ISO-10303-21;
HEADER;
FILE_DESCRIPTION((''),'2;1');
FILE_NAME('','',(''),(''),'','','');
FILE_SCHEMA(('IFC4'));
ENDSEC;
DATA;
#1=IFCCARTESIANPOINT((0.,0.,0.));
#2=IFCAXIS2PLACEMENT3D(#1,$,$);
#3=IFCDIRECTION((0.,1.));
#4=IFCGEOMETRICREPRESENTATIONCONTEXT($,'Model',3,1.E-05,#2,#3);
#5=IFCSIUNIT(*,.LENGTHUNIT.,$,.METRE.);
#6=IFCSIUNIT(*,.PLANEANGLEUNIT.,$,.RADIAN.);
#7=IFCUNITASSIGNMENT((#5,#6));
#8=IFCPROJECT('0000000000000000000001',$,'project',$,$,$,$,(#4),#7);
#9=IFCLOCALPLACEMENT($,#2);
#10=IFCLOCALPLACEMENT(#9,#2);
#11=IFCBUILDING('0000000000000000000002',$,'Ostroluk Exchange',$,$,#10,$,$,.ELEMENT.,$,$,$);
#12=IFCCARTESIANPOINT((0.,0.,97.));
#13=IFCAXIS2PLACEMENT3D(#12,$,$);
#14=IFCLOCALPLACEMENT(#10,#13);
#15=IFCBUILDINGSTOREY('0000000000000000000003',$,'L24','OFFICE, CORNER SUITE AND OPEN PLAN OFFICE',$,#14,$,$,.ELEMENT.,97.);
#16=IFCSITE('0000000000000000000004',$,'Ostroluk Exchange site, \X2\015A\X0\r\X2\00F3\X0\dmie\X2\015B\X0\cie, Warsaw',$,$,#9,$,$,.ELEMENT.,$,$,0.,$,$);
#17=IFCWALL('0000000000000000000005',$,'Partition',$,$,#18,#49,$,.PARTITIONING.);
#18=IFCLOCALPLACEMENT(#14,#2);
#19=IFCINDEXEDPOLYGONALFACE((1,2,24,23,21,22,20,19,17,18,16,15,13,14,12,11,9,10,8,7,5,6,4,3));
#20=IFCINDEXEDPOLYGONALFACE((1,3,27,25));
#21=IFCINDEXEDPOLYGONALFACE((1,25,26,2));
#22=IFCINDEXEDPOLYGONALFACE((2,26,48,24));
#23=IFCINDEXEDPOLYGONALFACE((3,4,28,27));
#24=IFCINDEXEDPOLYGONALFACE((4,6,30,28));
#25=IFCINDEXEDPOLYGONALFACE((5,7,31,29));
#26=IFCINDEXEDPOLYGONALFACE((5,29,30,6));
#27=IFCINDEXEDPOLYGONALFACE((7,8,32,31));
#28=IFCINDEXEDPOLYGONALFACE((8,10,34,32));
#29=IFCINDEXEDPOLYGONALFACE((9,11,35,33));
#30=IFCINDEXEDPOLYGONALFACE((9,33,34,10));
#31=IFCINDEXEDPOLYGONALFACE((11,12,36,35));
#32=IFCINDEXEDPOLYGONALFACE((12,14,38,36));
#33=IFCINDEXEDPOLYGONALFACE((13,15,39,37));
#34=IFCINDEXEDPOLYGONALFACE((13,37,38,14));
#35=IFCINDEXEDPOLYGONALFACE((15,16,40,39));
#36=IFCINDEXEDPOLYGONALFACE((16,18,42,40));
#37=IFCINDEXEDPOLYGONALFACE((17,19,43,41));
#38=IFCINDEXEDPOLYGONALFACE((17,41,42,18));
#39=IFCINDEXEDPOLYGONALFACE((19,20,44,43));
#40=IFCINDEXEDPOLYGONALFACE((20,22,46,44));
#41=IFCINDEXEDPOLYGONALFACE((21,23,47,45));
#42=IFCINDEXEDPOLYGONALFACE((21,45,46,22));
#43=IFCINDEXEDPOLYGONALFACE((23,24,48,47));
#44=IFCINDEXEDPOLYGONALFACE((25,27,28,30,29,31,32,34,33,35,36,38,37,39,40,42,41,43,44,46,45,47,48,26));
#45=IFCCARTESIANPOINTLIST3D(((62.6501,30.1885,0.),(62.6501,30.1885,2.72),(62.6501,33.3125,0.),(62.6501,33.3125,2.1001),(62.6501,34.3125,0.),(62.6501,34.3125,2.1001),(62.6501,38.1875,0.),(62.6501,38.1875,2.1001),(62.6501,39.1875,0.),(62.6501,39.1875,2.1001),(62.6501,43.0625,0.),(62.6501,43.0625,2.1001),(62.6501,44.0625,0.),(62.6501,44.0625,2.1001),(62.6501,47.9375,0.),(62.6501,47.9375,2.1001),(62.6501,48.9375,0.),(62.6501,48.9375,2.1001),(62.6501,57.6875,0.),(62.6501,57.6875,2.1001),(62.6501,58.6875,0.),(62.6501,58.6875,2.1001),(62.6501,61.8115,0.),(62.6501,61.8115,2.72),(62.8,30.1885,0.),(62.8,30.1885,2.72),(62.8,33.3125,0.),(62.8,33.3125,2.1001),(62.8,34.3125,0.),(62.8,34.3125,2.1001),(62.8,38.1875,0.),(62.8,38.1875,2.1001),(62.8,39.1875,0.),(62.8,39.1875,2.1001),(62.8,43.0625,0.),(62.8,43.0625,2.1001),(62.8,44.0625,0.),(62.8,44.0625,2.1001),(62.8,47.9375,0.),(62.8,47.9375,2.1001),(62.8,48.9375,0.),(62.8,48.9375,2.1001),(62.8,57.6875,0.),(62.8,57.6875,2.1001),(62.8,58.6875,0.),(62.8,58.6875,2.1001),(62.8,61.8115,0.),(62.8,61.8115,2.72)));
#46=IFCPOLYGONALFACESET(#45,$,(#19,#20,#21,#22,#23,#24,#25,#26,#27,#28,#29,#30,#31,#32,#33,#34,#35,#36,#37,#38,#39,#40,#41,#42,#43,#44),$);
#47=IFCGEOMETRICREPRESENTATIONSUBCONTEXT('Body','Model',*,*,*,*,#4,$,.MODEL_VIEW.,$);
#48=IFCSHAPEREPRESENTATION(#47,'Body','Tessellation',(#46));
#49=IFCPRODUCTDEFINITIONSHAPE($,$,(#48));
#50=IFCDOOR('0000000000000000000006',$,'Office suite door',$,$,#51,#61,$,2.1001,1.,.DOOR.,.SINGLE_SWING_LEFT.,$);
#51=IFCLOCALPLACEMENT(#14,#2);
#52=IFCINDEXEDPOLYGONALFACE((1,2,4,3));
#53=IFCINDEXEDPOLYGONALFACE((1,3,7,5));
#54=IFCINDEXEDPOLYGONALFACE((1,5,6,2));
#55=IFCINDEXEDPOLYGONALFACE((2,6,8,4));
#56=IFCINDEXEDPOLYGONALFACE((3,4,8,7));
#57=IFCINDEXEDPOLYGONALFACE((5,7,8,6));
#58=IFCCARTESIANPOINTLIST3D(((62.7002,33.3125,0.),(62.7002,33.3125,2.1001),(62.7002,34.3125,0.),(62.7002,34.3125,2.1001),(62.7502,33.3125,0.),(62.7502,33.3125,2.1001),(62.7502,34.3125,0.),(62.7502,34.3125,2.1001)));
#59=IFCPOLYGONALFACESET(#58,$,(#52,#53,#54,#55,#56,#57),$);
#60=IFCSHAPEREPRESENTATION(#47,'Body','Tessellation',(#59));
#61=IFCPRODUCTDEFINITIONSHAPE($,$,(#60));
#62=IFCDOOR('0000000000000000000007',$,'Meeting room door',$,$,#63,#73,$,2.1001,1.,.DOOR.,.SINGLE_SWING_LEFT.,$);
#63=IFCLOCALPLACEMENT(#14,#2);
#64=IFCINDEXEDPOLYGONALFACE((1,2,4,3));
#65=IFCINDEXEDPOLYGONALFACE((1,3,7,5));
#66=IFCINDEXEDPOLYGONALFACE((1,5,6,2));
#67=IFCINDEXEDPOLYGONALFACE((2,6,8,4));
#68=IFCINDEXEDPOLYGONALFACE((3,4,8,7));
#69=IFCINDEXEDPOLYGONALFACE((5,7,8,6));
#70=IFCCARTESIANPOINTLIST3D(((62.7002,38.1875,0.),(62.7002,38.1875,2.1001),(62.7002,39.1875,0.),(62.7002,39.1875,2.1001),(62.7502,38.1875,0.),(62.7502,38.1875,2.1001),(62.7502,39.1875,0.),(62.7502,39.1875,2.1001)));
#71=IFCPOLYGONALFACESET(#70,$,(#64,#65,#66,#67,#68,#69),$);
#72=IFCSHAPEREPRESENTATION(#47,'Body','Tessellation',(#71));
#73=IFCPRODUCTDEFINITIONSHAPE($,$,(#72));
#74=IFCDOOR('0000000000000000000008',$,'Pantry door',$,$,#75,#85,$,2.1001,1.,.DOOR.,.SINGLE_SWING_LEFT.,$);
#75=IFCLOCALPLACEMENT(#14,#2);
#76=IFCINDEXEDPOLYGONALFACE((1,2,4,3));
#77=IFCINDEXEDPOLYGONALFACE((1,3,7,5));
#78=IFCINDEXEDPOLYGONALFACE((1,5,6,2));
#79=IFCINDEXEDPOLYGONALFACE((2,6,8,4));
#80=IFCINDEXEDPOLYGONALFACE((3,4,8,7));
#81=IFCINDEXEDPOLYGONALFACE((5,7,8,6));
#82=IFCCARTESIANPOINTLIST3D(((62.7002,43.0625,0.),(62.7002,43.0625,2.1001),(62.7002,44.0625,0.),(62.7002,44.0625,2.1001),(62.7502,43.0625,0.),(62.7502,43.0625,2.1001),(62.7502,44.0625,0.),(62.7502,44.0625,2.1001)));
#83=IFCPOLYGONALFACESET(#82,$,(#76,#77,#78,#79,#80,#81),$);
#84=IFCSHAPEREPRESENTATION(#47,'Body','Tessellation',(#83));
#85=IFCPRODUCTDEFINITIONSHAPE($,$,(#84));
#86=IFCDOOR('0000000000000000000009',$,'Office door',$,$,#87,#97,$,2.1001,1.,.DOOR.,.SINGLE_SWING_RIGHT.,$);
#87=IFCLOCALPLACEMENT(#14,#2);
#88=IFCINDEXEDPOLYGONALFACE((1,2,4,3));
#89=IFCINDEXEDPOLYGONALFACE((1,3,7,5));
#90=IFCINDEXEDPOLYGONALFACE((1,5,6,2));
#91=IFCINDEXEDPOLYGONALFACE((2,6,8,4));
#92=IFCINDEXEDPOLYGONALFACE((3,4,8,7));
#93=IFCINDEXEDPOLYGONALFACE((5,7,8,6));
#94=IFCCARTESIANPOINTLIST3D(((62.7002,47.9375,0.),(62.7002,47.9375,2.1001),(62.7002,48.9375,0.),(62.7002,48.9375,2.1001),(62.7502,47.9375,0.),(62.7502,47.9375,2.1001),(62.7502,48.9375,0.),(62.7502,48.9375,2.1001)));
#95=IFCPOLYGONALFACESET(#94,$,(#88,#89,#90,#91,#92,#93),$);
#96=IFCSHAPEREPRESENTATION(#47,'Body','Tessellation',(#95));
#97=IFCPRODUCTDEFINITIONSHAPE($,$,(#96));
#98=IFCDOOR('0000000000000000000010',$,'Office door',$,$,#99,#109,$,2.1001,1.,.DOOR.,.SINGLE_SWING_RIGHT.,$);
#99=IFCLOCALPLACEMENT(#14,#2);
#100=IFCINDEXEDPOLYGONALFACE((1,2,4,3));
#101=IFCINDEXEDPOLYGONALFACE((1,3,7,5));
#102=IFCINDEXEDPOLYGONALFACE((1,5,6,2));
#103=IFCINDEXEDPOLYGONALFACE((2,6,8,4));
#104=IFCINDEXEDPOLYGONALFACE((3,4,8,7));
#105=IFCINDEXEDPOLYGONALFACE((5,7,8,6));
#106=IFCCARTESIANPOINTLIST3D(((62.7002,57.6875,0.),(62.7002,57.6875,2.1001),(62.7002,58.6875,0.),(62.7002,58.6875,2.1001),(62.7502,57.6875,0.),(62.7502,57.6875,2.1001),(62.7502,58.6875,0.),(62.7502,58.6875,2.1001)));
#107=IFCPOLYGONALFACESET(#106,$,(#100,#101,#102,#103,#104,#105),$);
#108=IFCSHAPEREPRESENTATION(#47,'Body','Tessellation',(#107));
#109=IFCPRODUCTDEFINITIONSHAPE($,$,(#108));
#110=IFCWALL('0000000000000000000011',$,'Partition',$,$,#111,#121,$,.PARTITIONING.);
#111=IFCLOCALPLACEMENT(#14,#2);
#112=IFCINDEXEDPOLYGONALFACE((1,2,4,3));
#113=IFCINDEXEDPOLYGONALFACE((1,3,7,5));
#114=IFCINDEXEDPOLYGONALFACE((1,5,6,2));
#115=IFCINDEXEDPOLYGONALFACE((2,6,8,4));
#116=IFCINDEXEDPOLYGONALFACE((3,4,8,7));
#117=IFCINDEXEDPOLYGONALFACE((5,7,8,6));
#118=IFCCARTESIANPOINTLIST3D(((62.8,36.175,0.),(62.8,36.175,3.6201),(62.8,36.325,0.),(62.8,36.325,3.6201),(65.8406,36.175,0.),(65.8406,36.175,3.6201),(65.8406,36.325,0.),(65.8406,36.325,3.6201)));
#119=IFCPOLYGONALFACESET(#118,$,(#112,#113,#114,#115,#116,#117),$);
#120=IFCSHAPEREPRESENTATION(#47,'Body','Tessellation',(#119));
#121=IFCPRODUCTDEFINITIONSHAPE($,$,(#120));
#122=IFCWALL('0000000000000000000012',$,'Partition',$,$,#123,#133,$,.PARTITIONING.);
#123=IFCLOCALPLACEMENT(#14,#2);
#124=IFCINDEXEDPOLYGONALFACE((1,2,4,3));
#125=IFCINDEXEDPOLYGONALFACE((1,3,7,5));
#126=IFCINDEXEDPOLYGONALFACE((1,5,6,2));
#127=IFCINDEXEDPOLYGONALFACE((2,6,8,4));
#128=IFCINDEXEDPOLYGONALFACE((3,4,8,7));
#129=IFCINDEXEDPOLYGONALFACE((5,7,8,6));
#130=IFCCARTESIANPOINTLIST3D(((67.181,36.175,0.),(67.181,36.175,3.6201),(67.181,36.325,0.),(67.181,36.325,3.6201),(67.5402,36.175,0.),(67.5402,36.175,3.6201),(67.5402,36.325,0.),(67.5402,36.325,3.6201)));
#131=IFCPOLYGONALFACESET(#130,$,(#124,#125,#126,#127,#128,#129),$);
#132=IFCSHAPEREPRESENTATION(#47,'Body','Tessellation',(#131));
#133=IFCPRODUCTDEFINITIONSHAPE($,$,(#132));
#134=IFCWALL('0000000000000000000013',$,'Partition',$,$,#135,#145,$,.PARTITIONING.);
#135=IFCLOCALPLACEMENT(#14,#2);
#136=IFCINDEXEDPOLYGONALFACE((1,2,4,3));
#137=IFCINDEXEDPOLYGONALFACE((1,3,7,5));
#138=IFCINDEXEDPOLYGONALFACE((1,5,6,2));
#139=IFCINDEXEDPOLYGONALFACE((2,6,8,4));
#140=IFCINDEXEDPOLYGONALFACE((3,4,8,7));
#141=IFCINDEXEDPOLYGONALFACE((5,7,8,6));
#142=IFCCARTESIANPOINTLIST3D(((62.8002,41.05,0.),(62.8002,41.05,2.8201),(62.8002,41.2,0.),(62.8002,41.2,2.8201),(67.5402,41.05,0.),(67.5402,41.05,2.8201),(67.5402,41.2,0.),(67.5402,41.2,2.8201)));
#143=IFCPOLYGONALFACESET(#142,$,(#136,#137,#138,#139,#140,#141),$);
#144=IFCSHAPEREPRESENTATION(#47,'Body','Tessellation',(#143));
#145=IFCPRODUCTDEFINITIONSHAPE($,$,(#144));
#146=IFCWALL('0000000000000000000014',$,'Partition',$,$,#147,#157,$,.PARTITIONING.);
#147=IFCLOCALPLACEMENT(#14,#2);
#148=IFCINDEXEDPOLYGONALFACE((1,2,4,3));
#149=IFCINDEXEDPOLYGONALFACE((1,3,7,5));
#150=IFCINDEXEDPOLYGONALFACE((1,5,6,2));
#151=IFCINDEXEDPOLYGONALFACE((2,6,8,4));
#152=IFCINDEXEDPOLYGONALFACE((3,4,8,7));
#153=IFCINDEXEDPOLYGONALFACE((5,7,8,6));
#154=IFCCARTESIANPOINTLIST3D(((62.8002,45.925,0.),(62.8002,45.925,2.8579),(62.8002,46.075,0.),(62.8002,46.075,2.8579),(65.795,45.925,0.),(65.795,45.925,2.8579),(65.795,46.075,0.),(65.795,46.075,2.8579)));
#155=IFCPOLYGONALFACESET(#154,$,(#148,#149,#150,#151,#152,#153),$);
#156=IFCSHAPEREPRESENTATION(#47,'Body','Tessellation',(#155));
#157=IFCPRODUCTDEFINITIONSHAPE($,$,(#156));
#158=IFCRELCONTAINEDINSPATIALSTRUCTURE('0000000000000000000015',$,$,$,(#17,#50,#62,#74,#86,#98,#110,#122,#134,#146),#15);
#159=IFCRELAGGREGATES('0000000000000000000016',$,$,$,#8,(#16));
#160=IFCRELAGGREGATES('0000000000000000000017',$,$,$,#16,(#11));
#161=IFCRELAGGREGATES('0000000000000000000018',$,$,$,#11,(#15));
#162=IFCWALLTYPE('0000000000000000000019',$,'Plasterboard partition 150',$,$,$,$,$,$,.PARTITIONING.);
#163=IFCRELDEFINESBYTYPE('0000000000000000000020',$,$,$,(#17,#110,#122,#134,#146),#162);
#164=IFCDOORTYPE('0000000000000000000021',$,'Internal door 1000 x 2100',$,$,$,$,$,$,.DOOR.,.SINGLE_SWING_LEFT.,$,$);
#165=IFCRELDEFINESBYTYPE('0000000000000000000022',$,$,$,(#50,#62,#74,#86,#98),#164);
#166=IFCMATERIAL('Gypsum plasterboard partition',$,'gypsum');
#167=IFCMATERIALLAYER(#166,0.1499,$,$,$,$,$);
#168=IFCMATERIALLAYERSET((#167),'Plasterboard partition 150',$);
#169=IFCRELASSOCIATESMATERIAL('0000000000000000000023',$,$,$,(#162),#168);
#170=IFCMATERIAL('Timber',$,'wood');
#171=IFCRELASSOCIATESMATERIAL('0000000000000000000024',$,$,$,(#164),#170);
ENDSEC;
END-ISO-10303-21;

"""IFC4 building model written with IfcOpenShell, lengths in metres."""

from ifc_helpers import new_model, si_unit, direction, frame, frame_2d, origin, place, context, subcontext, project, spatial, rectangle, extrude, material, layer, layer_set, type_object, element, fill, save


model = new_model("IFC4")

# Units and contexts
model_context = context("Model", 3, precision=1e-05, world=origin(), true_north=direction((0.0, 1.0)))
body_context = subcontext(model_context, "Body", "Model", "MODEL_VIEW")
ifc_project = project(units=[si_unit("LENGTHUNIT", "METRE"), si_unit("PLANEANGLEUNIT", "RADIAN")], contexts=[model_context])

# Site, building, storey
site_placement = place(None, origin())
site = spatial("IfcSite", under=ifc_project, at=site_placement, Name="Ostroluk Exchange site, Śródmieście, Warsaw", CompositionType="ELEMENT", RefElevation=0.0)
building_placement = place(site_placement, origin())
building = spatial("IfcBuilding", under=site, at=building_placement, Name="Ostroluk Exchange", CompositionType="ELEMENT")
storey_placement = place(building_placement, frame((0.0, 0.0, 97.0)))
storey = spatial("IfcBuildingStorey", under=building, at=storey_placement, Name="L24", Description="OFFICE, CORNER SUITE AND OPEN PLAN OFFICE", CompositionType="ELEMENT", Elevation=97.0)

# Shared definitions
ifc_material_1 = material(Name="Gypsum plasterboard partition", Category="gypsum")
ifc_layer_1 = layer(ifc_material_1, 0.1499)
ifc_layer_set_1 = layer_set([ifc_layer_1], Name="Plasterboard partition 150")
wall_type = type_object("IfcWallType", Name="Plasterboard partition 150", PredefinedType="PARTITIONING", material=ifc_layer_set_1)
ifc_material_2 = material(Name="Timber", Category="wood")
door_type = type_object("IfcDoorType", Name="Internal door 1000 x 2100", OperationType="SINGLE_SWING_LEFT", PredefinedType="DOOR", material=ifc_material_2)

# Wall, openings, doors
wall_1_placement = place(storey_placement, frame((62.7251, 30.1885, 0.0), z_axis=(0.0, 0.0, 1.0), x_axis=(0.0, 1.0, 0.0)))
wall_1 = element("IfcWall", 1, at=wall_1_placement, inside=storey, type_object=wall_type, Name="Partition", PredefinedType="PARTITIONING", context=body_context, shape_type="SweptSolid", body=[
    extrude(rectangle(XDim=31.623, YDim=0.1499, at=frame_2d((15.8115, 0.0))), origin(), (0.0, 0.0, 1.0), 2.72),
])
opening_1_placement = place(wall_1_placement, frame((3.124, 0.0, 0.0)))
opening_1 = element("IfcOpeningElement", 2, at=opening_1_placement, cuts=wall_1, PredefinedType="OPENING", context=body_context, shape_type="SweptSolid", body=[
    extrude(rectangle(XDim=1.0, YDim=2.1001, at=frame_2d((0.5, 1.05))), frame((0.0, 0.085, 0.0), z_axis=(0.0, -1.0, 0.0), x_axis=(1.0, 0.0, 0.0)), (0.0, 0.0, 1.0), 0.1699),
])
opening_2_placement = place(wall_1_placement, frame((7.999, 0.0, 0.0)))
opening_2 = element("IfcOpeningElement", 3, at=opening_2_placement, cuts=wall_1, PredefinedType="OPENING", context=body_context, shape_type="SweptSolid", body=[
    extrude(rectangle(XDim=1.0, YDim=2.1001, at=frame_2d((0.5, 1.05))), frame((0.0, 0.085, 0.0), z_axis=(0.0, -1.0, 0.0), x_axis=(1.0, 0.0, 0.0)), (0.0, 0.0, 1.0), 0.1699),
])
opening_3_placement = place(wall_1_placement, frame((12.874, 0.0, 0.0)))
opening_3 = element("IfcOpeningElement", 4, at=opening_3_placement, cuts=wall_1, PredefinedType="OPENING", context=body_context, shape_type="SweptSolid", body=[
    extrude(rectangle(XDim=1.0, YDim=2.1001, at=frame_2d((0.5, 1.05))), frame((0.0, 0.085, 0.0), z_axis=(0.0, -1.0, 0.0), x_axis=(1.0, 0.0, 0.0)), (0.0, 0.0, 1.0), 0.1699),
])
opening_4_placement = place(wall_1_placement, frame((17.749, 0.0, 0.0)))
opening_4 = element("IfcOpeningElement", 5, at=opening_4_placement, cuts=wall_1, PredefinedType="OPENING", context=body_context, shape_type="SweptSolid", body=[
    extrude(rectangle(XDim=1.0, YDim=2.1001, at=frame_2d((0.5, 1.05))), frame((0.0, 0.085, 0.0), z_axis=(0.0, -1.0, 0.0), x_axis=(1.0, 0.0, 0.0)), (0.0, 0.0, 1.0), 0.1699),
])
opening_5_placement = place(wall_1_placement, frame((27.499, 0.0, 0.0)))
opening_5 = element("IfcOpeningElement", 6, at=opening_5_placement, cuts=wall_1, PredefinedType="OPENING", context=body_context, shape_type="SweptSolid", body=[
    extrude(rectangle(XDim=1.0, YDim=2.1001, at=frame_2d((0.5, 1.05))), frame((0.0, 0.085, 0.0), z_axis=(0.0, -1.0, 0.0), x_axis=(1.0, 0.0, 0.0)), (0.0, 0.0, 1.0), 0.1699),
])
door_1_placement = place(opening_1_placement, origin())
door_1 = element("IfcDoor", 7, at=door_1_placement, inside=storey, type_object=door_type, Name="Office suite door", OperationType="SINGLE_SWING_LEFT", OverallHeight=2.1001, OverallWidth=1.0, PredefinedType="DOOR", context=body_context, shape_type="SweptSolid", body=[
    extrude(rectangle(XDim=1.0, YDim=2.1001, at=frame_2d((0.5, 1.05))), frame((0.0, 0.0249, 0.0), z_axis=(0.0, -1.0, 0.0), x_axis=(1.0, 0.0, 0.0)), (0.0, 0.0, 1.0), 0.05),
])
fill(opening_1, door_1)
door_2_placement = place(opening_2_placement, origin())
door_2 = element("IfcDoor", 8, at=door_2_placement, inside=storey, type_object=door_type, Name="Meeting room door", OperationType="SINGLE_SWING_LEFT", OverallHeight=2.1001, OverallWidth=1.0, PredefinedType="DOOR", context=body_context, shape_type="SweptSolid", body=[
    extrude(rectangle(XDim=1.0, YDim=2.1001, at=frame_2d((0.5, 1.05))), frame((0.0, 0.0249, 0.0), z_axis=(0.0, -1.0, 0.0), x_axis=(1.0, 0.0, 0.0)), (0.0, 0.0, 1.0), 0.05),
])
fill(opening_2, door_2)
door_3_placement = place(opening_3_placement, origin())
door_3 = element("IfcDoor", 9, at=door_3_placement, inside=storey, type_object=door_type, Name="Pantry door", OperationType="SINGLE_SWING_LEFT", OverallHeight=2.1001, OverallWidth=1.0, PredefinedType="DOOR", context=body_context, shape_type="SweptSolid", body=[
    extrude(rectangle(XDim=1.0, YDim=2.1001, at=frame_2d((0.5, 1.05))), frame((0.0, 0.0249, 0.0), z_axis=(0.0, -1.0, 0.0), x_axis=(1.0, 0.0, 0.0)), (0.0, 0.0, 1.0), 0.05),
])
fill(opening_3, door_3)
door_4_placement = place(opening_4_placement, origin())
door_4 = element("IfcDoor", 10, at=door_4_placement, inside=storey, type_object=door_type, Name="Office door", OperationType="SINGLE_SWING_RIGHT", OverallHeight=2.1001, OverallWidth=1.0, PredefinedType="DOOR", context=body_context, shape_type="SweptSolid", body=[
    extrude(rectangle(XDim=1.0, YDim=2.1001, at=frame_2d((0.5, 1.05))), frame((0.0, 0.0249, 0.0), z_axis=(0.0, -1.0, 0.0), x_axis=(1.0, 0.0, 0.0)), (0.0, 0.0, 1.0), 0.05),
])
fill(opening_4, door_4)
door_5_placement = place(opening_5_placement, origin())
door_5 = element("IfcDoor", 11, at=door_5_placement, inside=storey, type_object=door_type, Name="Office door", OperationType="SINGLE_SWING_RIGHT", OverallHeight=2.1001, OverallWidth=1.0, PredefinedType="DOOR", context=body_context, shape_type="SweptSolid", body=[
    extrude(rectangle(XDim=1.0, YDim=2.1001, at=frame_2d((0.5, 1.05))), frame((0.0, 0.0249, 0.0), z_axis=(0.0, -1.0, 0.0), x_axis=(1.0, 0.0, 0.0)), (0.0, 0.0, 1.0), 0.05),
])
fill(opening_5, door_5)

# Walls
wall_2_placement = place(storey_placement, frame((62.8, 36.25, 0.0), z_axis=(0.0, 0.0, 1.0), x_axis=(1.0, 0.0, 0.0)))
element("IfcWall", 12, at=wall_2_placement, inside=storey, type_object=wall_type, Name="Partition", PredefinedType="PARTITIONING", context=body_context, shape_type="SweptSolid", body=[
    extrude(rectangle(XDim=3.0405, YDim=0.1499, at=frame_2d((1.5203, 0.0))), origin(), (0.0, 0.0, 1.0), 3.6201),
])
wall_3_placement = place(storey_placement, frame((67.1809, 36.25, 0.0), z_axis=(0.0, 0.0, 1.0), x_axis=(1.0, 0.0, 0.0)))
element("IfcWall", 13, at=wall_3_placement, inside=storey, type_object=wall_type, Name="Partition", PredefinedType="PARTITIONING", context=body_context, shape_type="SweptSolid", body=[
    extrude(rectangle(XDim=0.3591, YDim=0.1499, at=frame_2d((0.1797, 0.0))), origin(), (0.0, 0.0, 1.0), 3.6201),
])
wall_4_placement = place(storey_placement, frame((62.8, 41.125, 0.0), z_axis=(0.0, 0.0, 1.0), x_axis=(1.0, 0.0, 0.0)))
element("IfcWall", 14, at=wall_4_placement, inside=storey, type_object=wall_type, Name="Partition", PredefinedType="PARTITIONING", context=body_context, shape_type="SweptSolid", body=[
    extrude(rectangle(XDim=4.74, YDim=0.1499, at=frame_2d((2.3701, 0.0))), origin(), (0.0, 0.0, 1.0), 2.8201),
])
wall_5_placement = place(storey_placement, frame((62.8, 46.0, 0.0), z_axis=(0.0, 0.0, 1.0), x_axis=(1.0, 0.0, 0.0)))
element("IfcWall", 15, at=wall_5_placement, inside=storey, type_object=wall_type, Name="Partition", PredefinedType="PARTITIONING", context=body_context, shape_type="SweptSolid", body=[
    extrude(rectangle(XDim=2.9949, YDim=0.1499, at=frame_2d((1.4976, 0.0))), origin(), (0.0, 0.0, 1.0), 2.8579),
])

save(model, "model.ifc")
